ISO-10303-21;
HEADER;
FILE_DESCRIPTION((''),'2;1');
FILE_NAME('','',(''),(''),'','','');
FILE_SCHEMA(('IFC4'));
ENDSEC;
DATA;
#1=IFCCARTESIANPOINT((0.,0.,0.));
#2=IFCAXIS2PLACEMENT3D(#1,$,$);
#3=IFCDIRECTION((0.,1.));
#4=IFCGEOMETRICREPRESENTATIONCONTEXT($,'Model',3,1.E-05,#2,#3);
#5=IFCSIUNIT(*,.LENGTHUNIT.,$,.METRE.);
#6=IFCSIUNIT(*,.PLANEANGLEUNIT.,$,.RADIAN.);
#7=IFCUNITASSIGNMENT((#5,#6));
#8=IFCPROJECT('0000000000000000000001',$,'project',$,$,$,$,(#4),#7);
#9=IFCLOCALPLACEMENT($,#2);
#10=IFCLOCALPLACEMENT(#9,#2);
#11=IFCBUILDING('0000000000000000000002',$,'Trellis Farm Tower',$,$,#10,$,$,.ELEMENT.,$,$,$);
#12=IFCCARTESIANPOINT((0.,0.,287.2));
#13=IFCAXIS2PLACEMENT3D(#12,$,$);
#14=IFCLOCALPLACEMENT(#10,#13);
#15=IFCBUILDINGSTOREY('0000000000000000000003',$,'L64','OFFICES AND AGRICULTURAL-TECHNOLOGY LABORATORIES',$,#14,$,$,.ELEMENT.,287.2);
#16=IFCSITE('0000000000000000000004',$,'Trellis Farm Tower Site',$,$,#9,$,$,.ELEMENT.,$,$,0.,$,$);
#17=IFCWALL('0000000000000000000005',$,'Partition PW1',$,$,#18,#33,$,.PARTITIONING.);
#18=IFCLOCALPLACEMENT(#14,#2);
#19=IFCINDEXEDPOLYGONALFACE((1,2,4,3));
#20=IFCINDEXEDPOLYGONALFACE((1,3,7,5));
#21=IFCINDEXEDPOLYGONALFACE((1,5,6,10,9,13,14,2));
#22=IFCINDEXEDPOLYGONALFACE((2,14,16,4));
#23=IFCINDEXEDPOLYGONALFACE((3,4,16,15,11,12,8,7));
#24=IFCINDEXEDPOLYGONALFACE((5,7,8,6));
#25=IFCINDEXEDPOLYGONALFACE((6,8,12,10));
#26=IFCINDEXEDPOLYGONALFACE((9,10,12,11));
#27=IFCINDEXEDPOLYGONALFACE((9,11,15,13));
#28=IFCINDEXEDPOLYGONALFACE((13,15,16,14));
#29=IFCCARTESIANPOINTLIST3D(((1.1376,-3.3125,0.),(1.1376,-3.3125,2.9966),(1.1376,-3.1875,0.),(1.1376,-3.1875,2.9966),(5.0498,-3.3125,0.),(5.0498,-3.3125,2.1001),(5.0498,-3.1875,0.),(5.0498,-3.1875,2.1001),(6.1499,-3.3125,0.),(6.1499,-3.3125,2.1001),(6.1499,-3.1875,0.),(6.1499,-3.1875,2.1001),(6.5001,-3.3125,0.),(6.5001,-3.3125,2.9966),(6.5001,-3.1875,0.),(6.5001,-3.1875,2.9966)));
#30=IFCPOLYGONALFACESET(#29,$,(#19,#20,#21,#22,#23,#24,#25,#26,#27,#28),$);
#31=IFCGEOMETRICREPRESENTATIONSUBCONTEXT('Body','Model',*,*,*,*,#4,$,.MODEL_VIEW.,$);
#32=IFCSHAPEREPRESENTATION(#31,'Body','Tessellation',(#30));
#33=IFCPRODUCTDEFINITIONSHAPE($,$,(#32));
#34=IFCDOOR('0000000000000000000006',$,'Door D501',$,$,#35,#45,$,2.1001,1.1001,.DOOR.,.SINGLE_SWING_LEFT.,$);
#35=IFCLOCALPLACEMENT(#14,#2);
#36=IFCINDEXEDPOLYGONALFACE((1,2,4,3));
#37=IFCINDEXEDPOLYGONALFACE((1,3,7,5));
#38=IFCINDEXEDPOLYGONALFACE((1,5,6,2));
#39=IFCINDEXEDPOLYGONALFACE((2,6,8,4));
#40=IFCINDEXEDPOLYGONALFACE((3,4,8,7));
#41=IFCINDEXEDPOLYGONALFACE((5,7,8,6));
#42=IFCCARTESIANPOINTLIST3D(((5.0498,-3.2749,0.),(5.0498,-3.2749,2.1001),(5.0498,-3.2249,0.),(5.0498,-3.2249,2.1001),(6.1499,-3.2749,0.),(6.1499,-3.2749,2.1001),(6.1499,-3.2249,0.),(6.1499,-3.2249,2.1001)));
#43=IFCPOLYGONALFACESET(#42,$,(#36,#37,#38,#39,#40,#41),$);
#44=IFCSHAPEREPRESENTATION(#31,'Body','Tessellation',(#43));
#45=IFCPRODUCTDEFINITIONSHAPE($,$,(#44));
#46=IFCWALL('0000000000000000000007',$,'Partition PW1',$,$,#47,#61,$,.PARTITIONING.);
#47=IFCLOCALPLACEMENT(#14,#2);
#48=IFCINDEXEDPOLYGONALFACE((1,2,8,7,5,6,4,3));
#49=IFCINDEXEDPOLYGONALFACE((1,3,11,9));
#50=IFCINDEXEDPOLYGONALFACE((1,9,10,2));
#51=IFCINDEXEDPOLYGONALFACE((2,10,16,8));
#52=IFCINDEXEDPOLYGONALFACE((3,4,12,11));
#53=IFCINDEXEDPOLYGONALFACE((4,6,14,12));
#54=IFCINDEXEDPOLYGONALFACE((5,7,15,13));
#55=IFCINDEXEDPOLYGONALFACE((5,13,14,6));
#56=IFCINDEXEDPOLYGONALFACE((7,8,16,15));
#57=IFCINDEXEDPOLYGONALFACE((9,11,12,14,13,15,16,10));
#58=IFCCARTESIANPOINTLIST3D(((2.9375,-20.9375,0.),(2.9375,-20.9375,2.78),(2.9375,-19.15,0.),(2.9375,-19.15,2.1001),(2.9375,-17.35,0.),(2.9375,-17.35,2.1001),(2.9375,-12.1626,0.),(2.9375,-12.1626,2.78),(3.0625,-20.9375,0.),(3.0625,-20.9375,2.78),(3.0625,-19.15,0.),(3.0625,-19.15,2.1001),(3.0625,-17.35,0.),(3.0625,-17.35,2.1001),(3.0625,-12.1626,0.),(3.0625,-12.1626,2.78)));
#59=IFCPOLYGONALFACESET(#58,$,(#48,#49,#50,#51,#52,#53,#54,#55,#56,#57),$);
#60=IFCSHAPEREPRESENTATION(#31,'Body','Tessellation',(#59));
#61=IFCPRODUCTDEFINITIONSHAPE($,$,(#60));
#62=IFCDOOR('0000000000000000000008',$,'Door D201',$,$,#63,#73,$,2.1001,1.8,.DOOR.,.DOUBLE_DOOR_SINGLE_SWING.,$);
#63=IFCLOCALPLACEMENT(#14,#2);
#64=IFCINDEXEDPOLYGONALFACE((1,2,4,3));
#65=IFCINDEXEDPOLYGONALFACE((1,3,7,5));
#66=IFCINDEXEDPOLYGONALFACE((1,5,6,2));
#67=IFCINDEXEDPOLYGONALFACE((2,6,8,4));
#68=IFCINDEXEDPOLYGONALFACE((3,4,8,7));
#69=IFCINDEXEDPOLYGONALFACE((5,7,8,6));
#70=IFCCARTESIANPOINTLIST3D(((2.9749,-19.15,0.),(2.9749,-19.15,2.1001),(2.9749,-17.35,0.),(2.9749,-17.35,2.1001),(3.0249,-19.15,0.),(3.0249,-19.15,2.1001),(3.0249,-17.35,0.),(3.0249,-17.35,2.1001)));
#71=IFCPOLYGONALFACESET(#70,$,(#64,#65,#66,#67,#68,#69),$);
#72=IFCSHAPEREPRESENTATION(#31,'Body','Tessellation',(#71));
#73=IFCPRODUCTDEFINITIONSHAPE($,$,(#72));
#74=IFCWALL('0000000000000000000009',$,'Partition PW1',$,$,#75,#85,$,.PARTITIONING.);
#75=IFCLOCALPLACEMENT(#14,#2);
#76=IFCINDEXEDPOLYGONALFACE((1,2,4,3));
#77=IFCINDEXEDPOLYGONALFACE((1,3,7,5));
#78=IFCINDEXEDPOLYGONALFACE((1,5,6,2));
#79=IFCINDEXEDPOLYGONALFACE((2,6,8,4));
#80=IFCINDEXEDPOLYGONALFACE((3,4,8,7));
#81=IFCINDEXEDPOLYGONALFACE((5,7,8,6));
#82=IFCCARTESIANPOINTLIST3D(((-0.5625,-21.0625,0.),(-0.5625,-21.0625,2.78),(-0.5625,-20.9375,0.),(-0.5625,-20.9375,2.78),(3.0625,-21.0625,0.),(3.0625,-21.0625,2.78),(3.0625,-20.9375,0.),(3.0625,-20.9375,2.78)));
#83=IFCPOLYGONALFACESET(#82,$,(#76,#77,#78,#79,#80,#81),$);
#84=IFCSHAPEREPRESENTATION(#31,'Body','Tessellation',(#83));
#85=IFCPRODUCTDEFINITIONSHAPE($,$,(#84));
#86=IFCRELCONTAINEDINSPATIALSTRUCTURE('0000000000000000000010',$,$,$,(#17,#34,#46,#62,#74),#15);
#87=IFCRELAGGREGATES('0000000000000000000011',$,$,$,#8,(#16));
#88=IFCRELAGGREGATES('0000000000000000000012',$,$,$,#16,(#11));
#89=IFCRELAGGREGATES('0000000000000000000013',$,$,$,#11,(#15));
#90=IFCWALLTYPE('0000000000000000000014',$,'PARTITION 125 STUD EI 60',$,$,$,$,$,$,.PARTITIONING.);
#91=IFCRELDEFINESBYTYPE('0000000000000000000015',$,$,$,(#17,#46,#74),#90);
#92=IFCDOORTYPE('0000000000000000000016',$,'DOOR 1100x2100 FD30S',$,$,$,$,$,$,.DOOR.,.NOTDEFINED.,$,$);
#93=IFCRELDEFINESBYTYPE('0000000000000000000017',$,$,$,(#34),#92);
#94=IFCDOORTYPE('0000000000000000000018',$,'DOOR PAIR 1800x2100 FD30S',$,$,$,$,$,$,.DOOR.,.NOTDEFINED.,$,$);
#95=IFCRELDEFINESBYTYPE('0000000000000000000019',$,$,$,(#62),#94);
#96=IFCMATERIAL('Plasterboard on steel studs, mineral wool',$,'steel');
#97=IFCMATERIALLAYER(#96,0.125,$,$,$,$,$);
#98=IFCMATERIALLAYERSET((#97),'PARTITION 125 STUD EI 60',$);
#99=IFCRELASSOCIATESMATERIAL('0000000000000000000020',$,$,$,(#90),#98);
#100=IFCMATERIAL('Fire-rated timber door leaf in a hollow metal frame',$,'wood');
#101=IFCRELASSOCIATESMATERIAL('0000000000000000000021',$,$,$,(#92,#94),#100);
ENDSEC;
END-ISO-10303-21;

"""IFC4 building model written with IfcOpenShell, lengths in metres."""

from ifc_helpers import new_model, si_unit, direction, frame, frame_2d, origin, place, context, subcontext, project, spatial, rectangle, extrude, source, transform, mapped, material, layer, layer_set, type_object, element, fill, save


model = new_model("IFC4")

# Units and contexts
model_context = context("Model", 3, precision=1e-05, world=origin(), true_north=direction((0.0, 1.0)))
body_context = subcontext(model_context, "Body", "Model", "MODEL_VIEW")
ifc_project = project(units=[si_unit("LENGTHUNIT", "METRE"), si_unit("PLANEANGLEUNIT", "RADIAN")], contexts=[model_context])

# Site, building, storey
site_placement = place(None, origin())
site = spatial("IfcSite", under=ifc_project, at=site_placement, Name="Trellis Farm Tower Site", CompositionType="ELEMENT", RefElevation=0.0)
building_placement = place(site_placement, origin())
building = spatial("IfcBuilding", under=site, at=building_placement, Name="Trellis Farm Tower", CompositionType="ELEMENT")
storey_placement = place(building_placement, frame((0.0, 0.0, 287.2)))
storey = spatial("IfcBuildingStorey", under=building, at=storey_placement, Name="L64", Description="OFFICES AND AGRICULTURAL-TECHNOLOGY LABORATORIES", CompositionType="ELEMENT", Elevation=287.2)

# Walls, openings, doors
ifc_material_1 = material(Name="Plasterboard on steel studs, mineral wool", Category="steel")
ifc_layer_1 = layer(ifc_material_1, 0.125)
ifc_layer_set_1 = layer_set([ifc_layer_1], Name="PARTITION 125 STUD EI 60")
wall_type_1 = type_object("IfcWallType", Name="PARTITION 125 STUD EI 60", PredefinedType="PARTITIONING", material=ifc_layer_set_1)
shared_shape_1 = source(origin(), body_context, "Body", "SweptSolid", [
    extrude(rectangle(XDim=5.3625, YDim=0.125, at=frame_2d((2.6812, 0.0))), origin(), (0.0, 0.0, 1.0), 2.9966),
])
wall_1_placement = place(storey_placement, frame((6.5, -3.25, 0.0), z_axis=(0.0, 0.0, 1.0), x_axis=(-1.0, 0.0, 0.0)))
wall_1 = element("IfcWall", 1, at=wall_1_placement, inside=storey, type_object=wall_type_1, Name="Partition PW1", PredefinedType="PARTITIONING", context=body_context, shape_type="MappedRepresentation", body=[
    mapped(shared_shape_1, transform((0.0, 0.0, 0.0))),
])
shared_shape_2 = source(origin(), body_context, "Body", "SweptSolid", [
    extrude(rectangle(XDim=1.1001, YDim=2.1001, at=frame_2d((0.55, 1.05))), frame((0.0, 0.0725, 0.0), z_axis=(0.0, -1.0, 0.0), x_axis=(1.0, 0.0, 0.0)), (0.0, 0.0, 1.0), 0.145),
])
opening_1_placement = place(wall_1_placement, frame((0.3501, 0.0, 0.0)))
opening_1 = element("IfcOpeningElement", 2, at=opening_1_placement, cuts=wall_1, PredefinedType="OPENING", context=body_context, shape_type="MappedRepresentation", body=[
    mapped(shared_shape_2, transform((0.0, 0.0, 0.0))),
])
ifc_material_2 = material(Name="Fire-rated timber door leaf in a hollow metal frame", Category="wood")
door_type_1 = type_object("IfcDoorType", Name="DOOR 1100x2100 FD30S", OperationType="NOTDEFINED", PredefinedType="DOOR", material=ifc_material_2)
shared_shape_3 = source(origin(), body_context, "Body", "SweptSolid", [
    extrude(rectangle(XDim=1.1001, YDim=2.1001, at=frame_2d((0.55, 1.05))), frame((0.0, 0.0249, 0.0), z_axis=(0.0, -1.0, 0.0), x_axis=(1.0, 0.0, 0.0)), (0.0, 0.0, 1.0), 0.05),
])
door_1_placement = place(opening_1_placement, origin())
door_1 = element("IfcDoor", 3, at=door_1_placement, inside=storey, type_object=door_type_1, Name="Door D501", OperationType="SINGLE_SWING_LEFT", OverallHeight=2.1001, OverallWidth=1.1001, PredefinedType="DOOR", context=body_context, shape_type="MappedRepresentation", body=[
    mapped(shared_shape_3, transform((0.0, 0.0, 0.0))),
])
fill(opening_1, door_1)
shared_shape_4 = source(origin(), body_context, "Body", "SweptSolid", [
    extrude(rectangle(XDim=8.7749, YDim=0.125, at=frame_2d((4.3875, 0.0))), origin(), (0.0, 0.0, 1.0), 2.78),
])
wall_2_placement = place(storey_placement, frame((3.0, -12.1626, 0.0), z_axis=(0.0, 0.0, 1.0), x_axis=(0.0, -1.0, 0.0)))
wall_2 = element("IfcWall", 4, at=wall_2_placement, inside=storey, type_object=wall_type_1, Name="Partition PW1", PredefinedType="PARTITIONING", context=body_context, shape_type="MappedRepresentation", body=[
    mapped(shared_shape_4, transform((0.0, 0.0, 0.0))),
])
shared_shape_5 = source(origin(), body_context, "Body", "SweptSolid", [
    extrude(rectangle(XDim=1.8, YDim=2.1001, at=frame_2d((0.8999, 1.05))), frame((0.0, 0.0725, 0.0), z_axis=(0.0, -1.0, 0.0), x_axis=(1.0, 0.0, 0.0)), (0.0, 0.0, 1.0), 0.145),
])
opening_2_placement = place(wall_2_placement, frame((5.1875, 0.0, 0.0)))
opening_2 = element("IfcOpeningElement", 5, at=opening_2_placement, cuts=wall_2, PredefinedType="OPENING", context=body_context, shape_type="MappedRepresentation", body=[
    mapped(shared_shape_5, transform((0.0, 0.0, 0.0))),
])
door_type_2 = type_object("IfcDoorType", Name="DOOR PAIR 1800x2100 FD30S", OperationType="NOTDEFINED", PredefinedType="DOOR", material=ifc_material_2)
shared_shape_6 = source(origin(), body_context, "Body", "SweptSolid", [
    extrude(rectangle(XDim=1.8, YDim=2.1001, at=frame_2d((0.8999, 1.05))), frame((0.0, 0.0249, 0.0), z_axis=(0.0, -1.0, 0.0), x_axis=(1.0, 0.0, 0.0)), (0.0, 0.0, 1.0), 0.05),
])
door_2_placement = place(opening_2_placement, origin())
door_2 = element("IfcDoor", 6, at=door_2_placement, inside=storey, type_object=door_type_2, Name="Door D201", OperationType="DOUBLE_DOOR_SINGLE_SWING", OverallHeight=2.1001, OverallWidth=1.8, PredefinedType="DOOR", context=body_context, shape_type="MappedRepresentation", body=[
    mapped(shared_shape_6, transform((0.0, 0.0, 0.0))),
])
fill(opening_2, door_2)

# Wall
shared_shape_7 = source(origin(), body_context, "Body", "SweptSolid", [
    extrude(rectangle(XDim=3.625, YDim=0.125, at=frame_2d((1.8125, 0.0))), origin(), (0.0, 0.0, 1.0), 2.78),
])
wall_3_placement = place(storey_placement, frame((3.0625, -21.0, 0.0), z_axis=(0.0, 0.0, 1.0), x_axis=(-1.0, 0.0, 0.0)))
element("IfcWall", 7, at=wall_3_placement, inside=storey, type_object=wall_type_1, Name="Partition PW1", PredefinedType="PARTITIONING", context=body_context, shape_type="MappedRepresentation", body=[
    mapped(shared_shape_7, transform((0.0, 0.0, 0.0))),
])

save(model, "model.ifc")
